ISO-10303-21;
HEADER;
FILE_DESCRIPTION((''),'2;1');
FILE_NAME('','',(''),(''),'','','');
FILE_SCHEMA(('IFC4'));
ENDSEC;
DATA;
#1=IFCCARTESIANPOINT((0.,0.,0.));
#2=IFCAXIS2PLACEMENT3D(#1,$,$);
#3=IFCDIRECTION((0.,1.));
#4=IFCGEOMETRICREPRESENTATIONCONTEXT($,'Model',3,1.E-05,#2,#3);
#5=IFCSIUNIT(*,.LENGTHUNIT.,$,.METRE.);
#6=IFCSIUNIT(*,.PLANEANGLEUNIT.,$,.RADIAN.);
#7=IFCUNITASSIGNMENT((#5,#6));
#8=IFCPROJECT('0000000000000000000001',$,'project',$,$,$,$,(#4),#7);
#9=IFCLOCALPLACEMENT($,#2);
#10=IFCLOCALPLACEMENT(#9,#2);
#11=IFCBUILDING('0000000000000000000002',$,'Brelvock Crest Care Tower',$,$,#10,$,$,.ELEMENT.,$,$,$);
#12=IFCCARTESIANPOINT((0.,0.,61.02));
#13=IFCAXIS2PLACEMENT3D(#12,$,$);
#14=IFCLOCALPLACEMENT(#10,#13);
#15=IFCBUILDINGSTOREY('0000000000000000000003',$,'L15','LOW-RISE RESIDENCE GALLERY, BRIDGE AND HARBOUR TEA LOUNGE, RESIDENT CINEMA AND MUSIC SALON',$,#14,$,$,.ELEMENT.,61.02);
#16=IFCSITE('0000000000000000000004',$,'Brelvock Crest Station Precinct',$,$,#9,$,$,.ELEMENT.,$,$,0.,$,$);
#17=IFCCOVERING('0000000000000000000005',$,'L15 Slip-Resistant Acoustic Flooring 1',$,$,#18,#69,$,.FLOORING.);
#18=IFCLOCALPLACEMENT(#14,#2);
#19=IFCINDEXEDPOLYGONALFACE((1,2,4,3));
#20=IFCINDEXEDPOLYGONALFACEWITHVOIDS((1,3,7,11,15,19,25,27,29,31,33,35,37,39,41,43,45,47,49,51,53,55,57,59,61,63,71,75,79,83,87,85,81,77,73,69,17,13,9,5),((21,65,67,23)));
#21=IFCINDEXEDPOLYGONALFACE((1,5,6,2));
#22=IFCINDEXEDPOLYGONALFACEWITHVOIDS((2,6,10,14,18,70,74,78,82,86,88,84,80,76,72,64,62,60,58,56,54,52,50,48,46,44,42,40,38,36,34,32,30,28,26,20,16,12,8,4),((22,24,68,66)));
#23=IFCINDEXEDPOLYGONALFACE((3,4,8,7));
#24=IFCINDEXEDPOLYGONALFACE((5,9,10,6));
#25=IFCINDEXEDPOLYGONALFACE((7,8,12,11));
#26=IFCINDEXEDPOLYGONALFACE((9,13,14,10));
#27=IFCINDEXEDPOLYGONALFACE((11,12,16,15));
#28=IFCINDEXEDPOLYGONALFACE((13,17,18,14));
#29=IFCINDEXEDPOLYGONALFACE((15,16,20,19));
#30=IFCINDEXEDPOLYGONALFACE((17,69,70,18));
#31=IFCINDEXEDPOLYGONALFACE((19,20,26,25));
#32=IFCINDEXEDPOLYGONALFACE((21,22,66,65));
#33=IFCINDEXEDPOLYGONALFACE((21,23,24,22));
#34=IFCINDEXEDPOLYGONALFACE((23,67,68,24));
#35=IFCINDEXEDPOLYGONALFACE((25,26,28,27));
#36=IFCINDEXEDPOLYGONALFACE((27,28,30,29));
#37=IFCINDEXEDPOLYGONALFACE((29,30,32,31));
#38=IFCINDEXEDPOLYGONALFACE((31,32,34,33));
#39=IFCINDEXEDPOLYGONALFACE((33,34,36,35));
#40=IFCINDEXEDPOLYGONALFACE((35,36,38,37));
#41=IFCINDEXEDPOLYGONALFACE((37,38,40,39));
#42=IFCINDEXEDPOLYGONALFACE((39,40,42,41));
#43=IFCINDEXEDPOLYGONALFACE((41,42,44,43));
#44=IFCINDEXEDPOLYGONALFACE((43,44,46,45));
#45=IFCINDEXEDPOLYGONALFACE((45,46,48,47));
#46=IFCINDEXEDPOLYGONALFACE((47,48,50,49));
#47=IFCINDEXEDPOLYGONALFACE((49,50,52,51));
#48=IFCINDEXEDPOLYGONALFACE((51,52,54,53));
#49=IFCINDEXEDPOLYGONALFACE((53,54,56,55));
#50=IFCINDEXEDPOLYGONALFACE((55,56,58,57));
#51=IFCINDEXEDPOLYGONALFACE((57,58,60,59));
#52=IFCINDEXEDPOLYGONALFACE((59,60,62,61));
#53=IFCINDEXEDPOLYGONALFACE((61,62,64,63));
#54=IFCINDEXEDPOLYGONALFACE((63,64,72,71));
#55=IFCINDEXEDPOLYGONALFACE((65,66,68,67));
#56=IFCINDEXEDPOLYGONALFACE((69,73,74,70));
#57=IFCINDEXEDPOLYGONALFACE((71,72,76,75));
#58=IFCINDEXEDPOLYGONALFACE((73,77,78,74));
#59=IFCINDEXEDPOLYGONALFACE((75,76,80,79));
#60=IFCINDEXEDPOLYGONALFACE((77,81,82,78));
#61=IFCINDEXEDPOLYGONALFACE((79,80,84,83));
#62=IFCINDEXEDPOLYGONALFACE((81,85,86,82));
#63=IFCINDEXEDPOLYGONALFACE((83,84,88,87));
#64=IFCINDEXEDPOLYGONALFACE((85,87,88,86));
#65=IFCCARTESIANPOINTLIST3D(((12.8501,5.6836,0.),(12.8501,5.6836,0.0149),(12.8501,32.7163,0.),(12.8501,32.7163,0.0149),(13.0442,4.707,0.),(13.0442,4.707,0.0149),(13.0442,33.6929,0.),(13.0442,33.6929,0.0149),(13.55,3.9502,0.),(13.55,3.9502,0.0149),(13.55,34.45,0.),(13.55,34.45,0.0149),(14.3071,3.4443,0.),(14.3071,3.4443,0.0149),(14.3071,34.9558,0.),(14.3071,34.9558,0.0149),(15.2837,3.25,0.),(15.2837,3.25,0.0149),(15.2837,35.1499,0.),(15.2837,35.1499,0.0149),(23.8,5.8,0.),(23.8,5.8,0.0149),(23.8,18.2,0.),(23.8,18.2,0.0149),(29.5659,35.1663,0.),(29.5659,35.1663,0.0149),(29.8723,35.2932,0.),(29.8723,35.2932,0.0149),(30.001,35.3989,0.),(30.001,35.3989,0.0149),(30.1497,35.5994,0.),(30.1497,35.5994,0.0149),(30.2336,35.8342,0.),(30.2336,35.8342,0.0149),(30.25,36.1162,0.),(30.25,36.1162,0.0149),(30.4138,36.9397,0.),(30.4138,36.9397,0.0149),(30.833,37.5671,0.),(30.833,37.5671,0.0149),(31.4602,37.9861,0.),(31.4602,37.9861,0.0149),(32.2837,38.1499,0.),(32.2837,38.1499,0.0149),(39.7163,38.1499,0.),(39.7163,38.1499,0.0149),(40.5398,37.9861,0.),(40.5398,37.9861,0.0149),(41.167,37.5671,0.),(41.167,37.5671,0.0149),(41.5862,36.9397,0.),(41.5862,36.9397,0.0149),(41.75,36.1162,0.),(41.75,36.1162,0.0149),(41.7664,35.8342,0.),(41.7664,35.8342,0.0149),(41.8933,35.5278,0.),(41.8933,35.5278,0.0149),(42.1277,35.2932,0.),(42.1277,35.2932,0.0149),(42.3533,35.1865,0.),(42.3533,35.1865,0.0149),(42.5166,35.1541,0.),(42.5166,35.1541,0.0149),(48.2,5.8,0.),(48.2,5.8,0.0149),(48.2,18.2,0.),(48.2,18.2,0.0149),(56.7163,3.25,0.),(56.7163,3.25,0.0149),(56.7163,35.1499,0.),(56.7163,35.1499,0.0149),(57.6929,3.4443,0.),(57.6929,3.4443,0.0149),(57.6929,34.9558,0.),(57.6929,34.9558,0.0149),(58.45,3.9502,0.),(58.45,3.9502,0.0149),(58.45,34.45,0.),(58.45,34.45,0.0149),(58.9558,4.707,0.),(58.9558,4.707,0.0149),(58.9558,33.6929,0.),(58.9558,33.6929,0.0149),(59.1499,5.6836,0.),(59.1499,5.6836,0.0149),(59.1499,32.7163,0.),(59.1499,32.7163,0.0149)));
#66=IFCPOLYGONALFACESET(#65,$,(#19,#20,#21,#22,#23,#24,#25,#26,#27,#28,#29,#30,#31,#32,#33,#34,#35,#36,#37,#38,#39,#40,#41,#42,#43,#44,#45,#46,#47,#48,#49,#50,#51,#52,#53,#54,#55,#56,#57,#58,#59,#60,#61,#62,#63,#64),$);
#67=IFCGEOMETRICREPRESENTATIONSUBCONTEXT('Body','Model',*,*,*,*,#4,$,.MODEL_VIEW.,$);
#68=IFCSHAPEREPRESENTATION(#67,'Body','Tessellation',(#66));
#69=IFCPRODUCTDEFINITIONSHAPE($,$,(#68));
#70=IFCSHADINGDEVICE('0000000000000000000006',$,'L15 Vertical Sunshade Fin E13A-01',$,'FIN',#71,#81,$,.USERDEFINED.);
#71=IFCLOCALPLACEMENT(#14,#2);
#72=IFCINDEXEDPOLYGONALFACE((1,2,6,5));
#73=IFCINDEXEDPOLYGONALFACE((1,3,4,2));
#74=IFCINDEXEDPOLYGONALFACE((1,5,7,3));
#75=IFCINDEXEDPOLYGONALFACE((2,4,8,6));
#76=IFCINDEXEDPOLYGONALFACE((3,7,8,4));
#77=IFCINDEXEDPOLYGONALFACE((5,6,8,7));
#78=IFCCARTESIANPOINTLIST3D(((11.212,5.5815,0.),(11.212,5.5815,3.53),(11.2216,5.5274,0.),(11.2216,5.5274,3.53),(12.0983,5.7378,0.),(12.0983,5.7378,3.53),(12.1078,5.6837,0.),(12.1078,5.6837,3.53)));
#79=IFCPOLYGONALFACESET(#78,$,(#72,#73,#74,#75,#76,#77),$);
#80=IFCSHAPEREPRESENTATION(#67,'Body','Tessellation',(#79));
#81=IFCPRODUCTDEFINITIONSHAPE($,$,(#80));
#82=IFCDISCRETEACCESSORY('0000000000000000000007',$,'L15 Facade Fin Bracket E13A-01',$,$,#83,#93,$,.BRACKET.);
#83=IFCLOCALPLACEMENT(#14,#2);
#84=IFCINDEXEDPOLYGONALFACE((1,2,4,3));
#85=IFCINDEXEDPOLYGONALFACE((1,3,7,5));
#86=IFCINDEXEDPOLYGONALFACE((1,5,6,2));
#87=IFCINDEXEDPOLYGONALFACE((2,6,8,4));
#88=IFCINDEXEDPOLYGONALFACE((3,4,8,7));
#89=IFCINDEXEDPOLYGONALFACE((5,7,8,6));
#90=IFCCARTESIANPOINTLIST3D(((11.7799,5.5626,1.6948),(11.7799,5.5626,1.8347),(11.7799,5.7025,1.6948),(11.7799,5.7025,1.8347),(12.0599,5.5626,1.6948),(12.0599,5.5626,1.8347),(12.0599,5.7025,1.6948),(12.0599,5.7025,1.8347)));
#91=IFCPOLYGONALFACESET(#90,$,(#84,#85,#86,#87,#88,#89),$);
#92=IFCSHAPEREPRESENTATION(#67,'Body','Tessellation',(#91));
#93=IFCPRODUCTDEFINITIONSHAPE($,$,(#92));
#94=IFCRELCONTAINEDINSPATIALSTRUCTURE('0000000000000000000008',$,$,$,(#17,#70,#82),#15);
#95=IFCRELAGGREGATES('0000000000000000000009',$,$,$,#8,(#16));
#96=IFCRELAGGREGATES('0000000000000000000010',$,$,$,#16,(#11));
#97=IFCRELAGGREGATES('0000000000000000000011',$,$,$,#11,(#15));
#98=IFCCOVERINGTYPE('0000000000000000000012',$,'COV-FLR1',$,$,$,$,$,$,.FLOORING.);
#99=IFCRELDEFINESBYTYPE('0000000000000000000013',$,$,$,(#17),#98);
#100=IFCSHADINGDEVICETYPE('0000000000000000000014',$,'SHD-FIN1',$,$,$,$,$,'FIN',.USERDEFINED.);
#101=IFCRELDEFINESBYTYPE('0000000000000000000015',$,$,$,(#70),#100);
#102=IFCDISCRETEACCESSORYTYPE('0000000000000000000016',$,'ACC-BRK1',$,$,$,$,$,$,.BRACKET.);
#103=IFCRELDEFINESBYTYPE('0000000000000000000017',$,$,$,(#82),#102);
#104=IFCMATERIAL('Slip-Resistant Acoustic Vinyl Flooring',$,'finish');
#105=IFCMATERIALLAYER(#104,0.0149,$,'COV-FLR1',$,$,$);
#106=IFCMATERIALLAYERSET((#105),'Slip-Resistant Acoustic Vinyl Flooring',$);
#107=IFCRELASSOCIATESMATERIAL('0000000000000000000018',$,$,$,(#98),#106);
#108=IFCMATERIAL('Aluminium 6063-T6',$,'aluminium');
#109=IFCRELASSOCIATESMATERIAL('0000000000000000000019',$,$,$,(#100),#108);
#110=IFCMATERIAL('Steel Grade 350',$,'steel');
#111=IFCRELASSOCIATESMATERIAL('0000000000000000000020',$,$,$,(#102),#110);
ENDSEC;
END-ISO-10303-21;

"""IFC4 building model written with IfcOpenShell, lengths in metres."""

from ifc_helpers import new_model, si_unit, direction, frame, origin, origin_2d, place, context, subcontext, project, spatial, polyline, rectangle, outline, extrude, source, transform, mapped, material, layer, layer_set, material_profile, profile_set, type_object, element, save


model = new_model("IFC4")

# Units and contexts
model_context = context("Model", 3, precision=1e-05, world=origin(), true_north=direction((0.0, 1.0)))
body_context = subcontext(model_context, "Body", "Model", "MODEL_VIEW")
ifc_project = project(units=[si_unit("LENGTHUNIT", "METRE"), si_unit("PLANEANGLEUNIT", "RADIAN")], contexts=[model_context])

# Site, building, storey
site_placement = place(None, origin())
site = spatial("IfcSite", under=ifc_project, at=site_placement, Name="Brelvock Crest Station Precinct", CompositionType="ELEMENT", RefElevation=0.0)
building_placement = place(site_placement, origin())
building = spatial("IfcBuilding", under=site, at=building_placement, Name="Brelvock Crest Care Tower", CompositionType="ELEMENT")
storey_placement = place(building_placement, frame((0.0, 0.0, 61.02)))
storey = spatial("IfcBuildingStorey", under=building, at=storey_placement, Name="L15", Description="LOW-RISE RESIDENCE GALLERY, BRIDGE AND HARBOUR TEA LOUNGE, RESIDENT CINEMA AND MUSIC SALON", CompositionType="ELEMENT", Elevation=61.02)

# Shared definitions
ifc_material_1 = material(Name="Aluminium 6063-T6", Category="aluminium")

# Covering
ifc_material_2 = material(Name="Slip-Resistant Acoustic Vinyl Flooring", Category="finish")
ifc_layer_1 = layer(ifc_material_2, 0.0149, Name="COV-FLR1")
ifc_layer_set_1 = layer_set([ifc_layer_1], Name="Slip-Resistant Acoustic Vinyl Flooring")
covering_type_1 = type_object("IfcCoveringType", Name="COV-FLR1", PredefinedType="FLOORING", material=ifc_layer_set_1)
covering_1_placement = place(storey_placement, origin())
element("IfcCovering", 1, at=covering_1_placement, inside=storey, type_object=covering_type_1, Name="L15 Slip-Resistant Acoustic Flooring 1", PredefinedType="FLOORING", context=body_context, shape_type="SweptSolid", body=[
    extrude(outline(polyline([(56.7163, 35.1499), (42.5166, 35.1541), (42.3533, 35.1865), (42.1277, 35.2932), (41.8933, 35.5278), (41.7664, 35.8342), (41.75, 36.1162), (41.5862, 36.9397), (41.167, 37.5671), (40.5398, 37.9861), (39.7163, 38.1499), (32.2837, 38.1499), (31.4602, 37.9861), (30.833, 37.5671), (30.4138, 36.9397), (30.25, 36.1162), (30.2336, 35.8342), (30.1497, 35.5994), (30.001, 35.3989), (29.8723, 35.2932), (29.5659, 35.1663), (15.2837, 35.1499), (14.3071, 34.9558), (13.55, 34.45), (13.0442, 33.6929), (12.8501, 32.7163), (12.8501, 5.6836), (13.0442, 4.707), (13.55, 3.9502), (14.3071, 3.4443), (15.2837, 3.25), (56.7163, 3.25), (57.6929, 3.4443), (58.45, 3.9502), (58.9558, 4.707), (59.1499, 5.6836), (59.1499, 32.7163), (58.9558, 33.6929), (58.45, 34.45), (57.6929, 34.9558), (56.7163, 35.1499)]), holes=[polyline([(48.2, 5.8), (48.2, 18.2), (23.8, 18.2), (23.8, 5.8), (48.2, 5.8)])]), origin(), (0.0, 0.0, 1.0), 0.0149),
])

# Shading device
ifc_material_profile_1 = material_profile(ifc_material_1, rectangle(XDim=0.0549, YDim=0.8999, at=origin_2d()), Name="FIN55x900")
ifc_profile_set_1 = profile_set([ifc_material_profile_1], Name="Aluminium 6063-T6")
shading_device_type = type_object("IfcShadingDeviceType", Name="SHD-FIN1", ElementType="FIN", PredefinedType="USERDEFINED", material=ifc_profile_set_1)
shared_shape_1 = source(origin(), body_context, "Body", "SweptSolid", [
    extrude(rectangle(XDim=0.0549, YDim=0.8999, at=origin_2d()), origin(), (0.0, 0.0, 1.0), 3.53),
])
shading_device_placement = place(storey_placement, frame((11.6599, 5.6326, 0.0), z_axis=(0.0, 0.0, 1.0), x_axis=(-0.173648, 0.984808, 0.0)))
element("IfcShadingDevice", 2, at=shading_device_placement, inside=storey, type_object=shading_device_type, Name="L15 Vertical Sunshade Fin E13A-01", ObjectType="FIN", PredefinedType="USERDEFINED", context=body_context, shape_type="MappedRepresentation", body=[
    mapped(shared_shape_1, transform((0.0, 0.0, 0.0), x_axis=(1.0, 0.0, 0.0), y_axis=(0.0, 1.0, 0.0), z_axis=(0.0, 0.0, 1.0), scale=1.0)),
])

# Discrete accessory
ifc_material_3 = material(Name="Steel Grade 350", Category="steel")
discrete_accessory_type = type_object("IfcDiscreteAccessoryType", Name="ACC-BRK1", PredefinedType="BRACKET", material=ifc_material_3)
shared_shape_2 = source(origin(), body_context, "Body", "SweptSolid", [
    extrude(rectangle(XDim=0.28, YDim=0.1399, at=origin_2d()), origin(), (0.0, 0.0, 1.0), 0.1399),
])
discrete_accessory_placement = place(storey_placement, frame((11.9199, 5.6326, 1.6948), z_axis=(0.0, 0.0, 1.0), x_axis=(-1.0, 0.0, 0.0)))
element("IfcDiscreteAccessory", 3, at=discrete_accessory_placement, inside=storey, type_object=discrete_accessory_type, Name="L15 Facade Fin Bracket E13A-01", PredefinedType="BRACKET", context=body_context, shape_type="MappedRepresentation", body=[
    mapped(shared_shape_2, transform((0.0, 0.0, 0.0), x_axis=(1.0, 0.0, 0.0), y_axis=(0.0, 1.0, 0.0), z_axis=(0.0, 0.0, 1.0), scale=1.0)),
])

save(model, "model.ifc")
